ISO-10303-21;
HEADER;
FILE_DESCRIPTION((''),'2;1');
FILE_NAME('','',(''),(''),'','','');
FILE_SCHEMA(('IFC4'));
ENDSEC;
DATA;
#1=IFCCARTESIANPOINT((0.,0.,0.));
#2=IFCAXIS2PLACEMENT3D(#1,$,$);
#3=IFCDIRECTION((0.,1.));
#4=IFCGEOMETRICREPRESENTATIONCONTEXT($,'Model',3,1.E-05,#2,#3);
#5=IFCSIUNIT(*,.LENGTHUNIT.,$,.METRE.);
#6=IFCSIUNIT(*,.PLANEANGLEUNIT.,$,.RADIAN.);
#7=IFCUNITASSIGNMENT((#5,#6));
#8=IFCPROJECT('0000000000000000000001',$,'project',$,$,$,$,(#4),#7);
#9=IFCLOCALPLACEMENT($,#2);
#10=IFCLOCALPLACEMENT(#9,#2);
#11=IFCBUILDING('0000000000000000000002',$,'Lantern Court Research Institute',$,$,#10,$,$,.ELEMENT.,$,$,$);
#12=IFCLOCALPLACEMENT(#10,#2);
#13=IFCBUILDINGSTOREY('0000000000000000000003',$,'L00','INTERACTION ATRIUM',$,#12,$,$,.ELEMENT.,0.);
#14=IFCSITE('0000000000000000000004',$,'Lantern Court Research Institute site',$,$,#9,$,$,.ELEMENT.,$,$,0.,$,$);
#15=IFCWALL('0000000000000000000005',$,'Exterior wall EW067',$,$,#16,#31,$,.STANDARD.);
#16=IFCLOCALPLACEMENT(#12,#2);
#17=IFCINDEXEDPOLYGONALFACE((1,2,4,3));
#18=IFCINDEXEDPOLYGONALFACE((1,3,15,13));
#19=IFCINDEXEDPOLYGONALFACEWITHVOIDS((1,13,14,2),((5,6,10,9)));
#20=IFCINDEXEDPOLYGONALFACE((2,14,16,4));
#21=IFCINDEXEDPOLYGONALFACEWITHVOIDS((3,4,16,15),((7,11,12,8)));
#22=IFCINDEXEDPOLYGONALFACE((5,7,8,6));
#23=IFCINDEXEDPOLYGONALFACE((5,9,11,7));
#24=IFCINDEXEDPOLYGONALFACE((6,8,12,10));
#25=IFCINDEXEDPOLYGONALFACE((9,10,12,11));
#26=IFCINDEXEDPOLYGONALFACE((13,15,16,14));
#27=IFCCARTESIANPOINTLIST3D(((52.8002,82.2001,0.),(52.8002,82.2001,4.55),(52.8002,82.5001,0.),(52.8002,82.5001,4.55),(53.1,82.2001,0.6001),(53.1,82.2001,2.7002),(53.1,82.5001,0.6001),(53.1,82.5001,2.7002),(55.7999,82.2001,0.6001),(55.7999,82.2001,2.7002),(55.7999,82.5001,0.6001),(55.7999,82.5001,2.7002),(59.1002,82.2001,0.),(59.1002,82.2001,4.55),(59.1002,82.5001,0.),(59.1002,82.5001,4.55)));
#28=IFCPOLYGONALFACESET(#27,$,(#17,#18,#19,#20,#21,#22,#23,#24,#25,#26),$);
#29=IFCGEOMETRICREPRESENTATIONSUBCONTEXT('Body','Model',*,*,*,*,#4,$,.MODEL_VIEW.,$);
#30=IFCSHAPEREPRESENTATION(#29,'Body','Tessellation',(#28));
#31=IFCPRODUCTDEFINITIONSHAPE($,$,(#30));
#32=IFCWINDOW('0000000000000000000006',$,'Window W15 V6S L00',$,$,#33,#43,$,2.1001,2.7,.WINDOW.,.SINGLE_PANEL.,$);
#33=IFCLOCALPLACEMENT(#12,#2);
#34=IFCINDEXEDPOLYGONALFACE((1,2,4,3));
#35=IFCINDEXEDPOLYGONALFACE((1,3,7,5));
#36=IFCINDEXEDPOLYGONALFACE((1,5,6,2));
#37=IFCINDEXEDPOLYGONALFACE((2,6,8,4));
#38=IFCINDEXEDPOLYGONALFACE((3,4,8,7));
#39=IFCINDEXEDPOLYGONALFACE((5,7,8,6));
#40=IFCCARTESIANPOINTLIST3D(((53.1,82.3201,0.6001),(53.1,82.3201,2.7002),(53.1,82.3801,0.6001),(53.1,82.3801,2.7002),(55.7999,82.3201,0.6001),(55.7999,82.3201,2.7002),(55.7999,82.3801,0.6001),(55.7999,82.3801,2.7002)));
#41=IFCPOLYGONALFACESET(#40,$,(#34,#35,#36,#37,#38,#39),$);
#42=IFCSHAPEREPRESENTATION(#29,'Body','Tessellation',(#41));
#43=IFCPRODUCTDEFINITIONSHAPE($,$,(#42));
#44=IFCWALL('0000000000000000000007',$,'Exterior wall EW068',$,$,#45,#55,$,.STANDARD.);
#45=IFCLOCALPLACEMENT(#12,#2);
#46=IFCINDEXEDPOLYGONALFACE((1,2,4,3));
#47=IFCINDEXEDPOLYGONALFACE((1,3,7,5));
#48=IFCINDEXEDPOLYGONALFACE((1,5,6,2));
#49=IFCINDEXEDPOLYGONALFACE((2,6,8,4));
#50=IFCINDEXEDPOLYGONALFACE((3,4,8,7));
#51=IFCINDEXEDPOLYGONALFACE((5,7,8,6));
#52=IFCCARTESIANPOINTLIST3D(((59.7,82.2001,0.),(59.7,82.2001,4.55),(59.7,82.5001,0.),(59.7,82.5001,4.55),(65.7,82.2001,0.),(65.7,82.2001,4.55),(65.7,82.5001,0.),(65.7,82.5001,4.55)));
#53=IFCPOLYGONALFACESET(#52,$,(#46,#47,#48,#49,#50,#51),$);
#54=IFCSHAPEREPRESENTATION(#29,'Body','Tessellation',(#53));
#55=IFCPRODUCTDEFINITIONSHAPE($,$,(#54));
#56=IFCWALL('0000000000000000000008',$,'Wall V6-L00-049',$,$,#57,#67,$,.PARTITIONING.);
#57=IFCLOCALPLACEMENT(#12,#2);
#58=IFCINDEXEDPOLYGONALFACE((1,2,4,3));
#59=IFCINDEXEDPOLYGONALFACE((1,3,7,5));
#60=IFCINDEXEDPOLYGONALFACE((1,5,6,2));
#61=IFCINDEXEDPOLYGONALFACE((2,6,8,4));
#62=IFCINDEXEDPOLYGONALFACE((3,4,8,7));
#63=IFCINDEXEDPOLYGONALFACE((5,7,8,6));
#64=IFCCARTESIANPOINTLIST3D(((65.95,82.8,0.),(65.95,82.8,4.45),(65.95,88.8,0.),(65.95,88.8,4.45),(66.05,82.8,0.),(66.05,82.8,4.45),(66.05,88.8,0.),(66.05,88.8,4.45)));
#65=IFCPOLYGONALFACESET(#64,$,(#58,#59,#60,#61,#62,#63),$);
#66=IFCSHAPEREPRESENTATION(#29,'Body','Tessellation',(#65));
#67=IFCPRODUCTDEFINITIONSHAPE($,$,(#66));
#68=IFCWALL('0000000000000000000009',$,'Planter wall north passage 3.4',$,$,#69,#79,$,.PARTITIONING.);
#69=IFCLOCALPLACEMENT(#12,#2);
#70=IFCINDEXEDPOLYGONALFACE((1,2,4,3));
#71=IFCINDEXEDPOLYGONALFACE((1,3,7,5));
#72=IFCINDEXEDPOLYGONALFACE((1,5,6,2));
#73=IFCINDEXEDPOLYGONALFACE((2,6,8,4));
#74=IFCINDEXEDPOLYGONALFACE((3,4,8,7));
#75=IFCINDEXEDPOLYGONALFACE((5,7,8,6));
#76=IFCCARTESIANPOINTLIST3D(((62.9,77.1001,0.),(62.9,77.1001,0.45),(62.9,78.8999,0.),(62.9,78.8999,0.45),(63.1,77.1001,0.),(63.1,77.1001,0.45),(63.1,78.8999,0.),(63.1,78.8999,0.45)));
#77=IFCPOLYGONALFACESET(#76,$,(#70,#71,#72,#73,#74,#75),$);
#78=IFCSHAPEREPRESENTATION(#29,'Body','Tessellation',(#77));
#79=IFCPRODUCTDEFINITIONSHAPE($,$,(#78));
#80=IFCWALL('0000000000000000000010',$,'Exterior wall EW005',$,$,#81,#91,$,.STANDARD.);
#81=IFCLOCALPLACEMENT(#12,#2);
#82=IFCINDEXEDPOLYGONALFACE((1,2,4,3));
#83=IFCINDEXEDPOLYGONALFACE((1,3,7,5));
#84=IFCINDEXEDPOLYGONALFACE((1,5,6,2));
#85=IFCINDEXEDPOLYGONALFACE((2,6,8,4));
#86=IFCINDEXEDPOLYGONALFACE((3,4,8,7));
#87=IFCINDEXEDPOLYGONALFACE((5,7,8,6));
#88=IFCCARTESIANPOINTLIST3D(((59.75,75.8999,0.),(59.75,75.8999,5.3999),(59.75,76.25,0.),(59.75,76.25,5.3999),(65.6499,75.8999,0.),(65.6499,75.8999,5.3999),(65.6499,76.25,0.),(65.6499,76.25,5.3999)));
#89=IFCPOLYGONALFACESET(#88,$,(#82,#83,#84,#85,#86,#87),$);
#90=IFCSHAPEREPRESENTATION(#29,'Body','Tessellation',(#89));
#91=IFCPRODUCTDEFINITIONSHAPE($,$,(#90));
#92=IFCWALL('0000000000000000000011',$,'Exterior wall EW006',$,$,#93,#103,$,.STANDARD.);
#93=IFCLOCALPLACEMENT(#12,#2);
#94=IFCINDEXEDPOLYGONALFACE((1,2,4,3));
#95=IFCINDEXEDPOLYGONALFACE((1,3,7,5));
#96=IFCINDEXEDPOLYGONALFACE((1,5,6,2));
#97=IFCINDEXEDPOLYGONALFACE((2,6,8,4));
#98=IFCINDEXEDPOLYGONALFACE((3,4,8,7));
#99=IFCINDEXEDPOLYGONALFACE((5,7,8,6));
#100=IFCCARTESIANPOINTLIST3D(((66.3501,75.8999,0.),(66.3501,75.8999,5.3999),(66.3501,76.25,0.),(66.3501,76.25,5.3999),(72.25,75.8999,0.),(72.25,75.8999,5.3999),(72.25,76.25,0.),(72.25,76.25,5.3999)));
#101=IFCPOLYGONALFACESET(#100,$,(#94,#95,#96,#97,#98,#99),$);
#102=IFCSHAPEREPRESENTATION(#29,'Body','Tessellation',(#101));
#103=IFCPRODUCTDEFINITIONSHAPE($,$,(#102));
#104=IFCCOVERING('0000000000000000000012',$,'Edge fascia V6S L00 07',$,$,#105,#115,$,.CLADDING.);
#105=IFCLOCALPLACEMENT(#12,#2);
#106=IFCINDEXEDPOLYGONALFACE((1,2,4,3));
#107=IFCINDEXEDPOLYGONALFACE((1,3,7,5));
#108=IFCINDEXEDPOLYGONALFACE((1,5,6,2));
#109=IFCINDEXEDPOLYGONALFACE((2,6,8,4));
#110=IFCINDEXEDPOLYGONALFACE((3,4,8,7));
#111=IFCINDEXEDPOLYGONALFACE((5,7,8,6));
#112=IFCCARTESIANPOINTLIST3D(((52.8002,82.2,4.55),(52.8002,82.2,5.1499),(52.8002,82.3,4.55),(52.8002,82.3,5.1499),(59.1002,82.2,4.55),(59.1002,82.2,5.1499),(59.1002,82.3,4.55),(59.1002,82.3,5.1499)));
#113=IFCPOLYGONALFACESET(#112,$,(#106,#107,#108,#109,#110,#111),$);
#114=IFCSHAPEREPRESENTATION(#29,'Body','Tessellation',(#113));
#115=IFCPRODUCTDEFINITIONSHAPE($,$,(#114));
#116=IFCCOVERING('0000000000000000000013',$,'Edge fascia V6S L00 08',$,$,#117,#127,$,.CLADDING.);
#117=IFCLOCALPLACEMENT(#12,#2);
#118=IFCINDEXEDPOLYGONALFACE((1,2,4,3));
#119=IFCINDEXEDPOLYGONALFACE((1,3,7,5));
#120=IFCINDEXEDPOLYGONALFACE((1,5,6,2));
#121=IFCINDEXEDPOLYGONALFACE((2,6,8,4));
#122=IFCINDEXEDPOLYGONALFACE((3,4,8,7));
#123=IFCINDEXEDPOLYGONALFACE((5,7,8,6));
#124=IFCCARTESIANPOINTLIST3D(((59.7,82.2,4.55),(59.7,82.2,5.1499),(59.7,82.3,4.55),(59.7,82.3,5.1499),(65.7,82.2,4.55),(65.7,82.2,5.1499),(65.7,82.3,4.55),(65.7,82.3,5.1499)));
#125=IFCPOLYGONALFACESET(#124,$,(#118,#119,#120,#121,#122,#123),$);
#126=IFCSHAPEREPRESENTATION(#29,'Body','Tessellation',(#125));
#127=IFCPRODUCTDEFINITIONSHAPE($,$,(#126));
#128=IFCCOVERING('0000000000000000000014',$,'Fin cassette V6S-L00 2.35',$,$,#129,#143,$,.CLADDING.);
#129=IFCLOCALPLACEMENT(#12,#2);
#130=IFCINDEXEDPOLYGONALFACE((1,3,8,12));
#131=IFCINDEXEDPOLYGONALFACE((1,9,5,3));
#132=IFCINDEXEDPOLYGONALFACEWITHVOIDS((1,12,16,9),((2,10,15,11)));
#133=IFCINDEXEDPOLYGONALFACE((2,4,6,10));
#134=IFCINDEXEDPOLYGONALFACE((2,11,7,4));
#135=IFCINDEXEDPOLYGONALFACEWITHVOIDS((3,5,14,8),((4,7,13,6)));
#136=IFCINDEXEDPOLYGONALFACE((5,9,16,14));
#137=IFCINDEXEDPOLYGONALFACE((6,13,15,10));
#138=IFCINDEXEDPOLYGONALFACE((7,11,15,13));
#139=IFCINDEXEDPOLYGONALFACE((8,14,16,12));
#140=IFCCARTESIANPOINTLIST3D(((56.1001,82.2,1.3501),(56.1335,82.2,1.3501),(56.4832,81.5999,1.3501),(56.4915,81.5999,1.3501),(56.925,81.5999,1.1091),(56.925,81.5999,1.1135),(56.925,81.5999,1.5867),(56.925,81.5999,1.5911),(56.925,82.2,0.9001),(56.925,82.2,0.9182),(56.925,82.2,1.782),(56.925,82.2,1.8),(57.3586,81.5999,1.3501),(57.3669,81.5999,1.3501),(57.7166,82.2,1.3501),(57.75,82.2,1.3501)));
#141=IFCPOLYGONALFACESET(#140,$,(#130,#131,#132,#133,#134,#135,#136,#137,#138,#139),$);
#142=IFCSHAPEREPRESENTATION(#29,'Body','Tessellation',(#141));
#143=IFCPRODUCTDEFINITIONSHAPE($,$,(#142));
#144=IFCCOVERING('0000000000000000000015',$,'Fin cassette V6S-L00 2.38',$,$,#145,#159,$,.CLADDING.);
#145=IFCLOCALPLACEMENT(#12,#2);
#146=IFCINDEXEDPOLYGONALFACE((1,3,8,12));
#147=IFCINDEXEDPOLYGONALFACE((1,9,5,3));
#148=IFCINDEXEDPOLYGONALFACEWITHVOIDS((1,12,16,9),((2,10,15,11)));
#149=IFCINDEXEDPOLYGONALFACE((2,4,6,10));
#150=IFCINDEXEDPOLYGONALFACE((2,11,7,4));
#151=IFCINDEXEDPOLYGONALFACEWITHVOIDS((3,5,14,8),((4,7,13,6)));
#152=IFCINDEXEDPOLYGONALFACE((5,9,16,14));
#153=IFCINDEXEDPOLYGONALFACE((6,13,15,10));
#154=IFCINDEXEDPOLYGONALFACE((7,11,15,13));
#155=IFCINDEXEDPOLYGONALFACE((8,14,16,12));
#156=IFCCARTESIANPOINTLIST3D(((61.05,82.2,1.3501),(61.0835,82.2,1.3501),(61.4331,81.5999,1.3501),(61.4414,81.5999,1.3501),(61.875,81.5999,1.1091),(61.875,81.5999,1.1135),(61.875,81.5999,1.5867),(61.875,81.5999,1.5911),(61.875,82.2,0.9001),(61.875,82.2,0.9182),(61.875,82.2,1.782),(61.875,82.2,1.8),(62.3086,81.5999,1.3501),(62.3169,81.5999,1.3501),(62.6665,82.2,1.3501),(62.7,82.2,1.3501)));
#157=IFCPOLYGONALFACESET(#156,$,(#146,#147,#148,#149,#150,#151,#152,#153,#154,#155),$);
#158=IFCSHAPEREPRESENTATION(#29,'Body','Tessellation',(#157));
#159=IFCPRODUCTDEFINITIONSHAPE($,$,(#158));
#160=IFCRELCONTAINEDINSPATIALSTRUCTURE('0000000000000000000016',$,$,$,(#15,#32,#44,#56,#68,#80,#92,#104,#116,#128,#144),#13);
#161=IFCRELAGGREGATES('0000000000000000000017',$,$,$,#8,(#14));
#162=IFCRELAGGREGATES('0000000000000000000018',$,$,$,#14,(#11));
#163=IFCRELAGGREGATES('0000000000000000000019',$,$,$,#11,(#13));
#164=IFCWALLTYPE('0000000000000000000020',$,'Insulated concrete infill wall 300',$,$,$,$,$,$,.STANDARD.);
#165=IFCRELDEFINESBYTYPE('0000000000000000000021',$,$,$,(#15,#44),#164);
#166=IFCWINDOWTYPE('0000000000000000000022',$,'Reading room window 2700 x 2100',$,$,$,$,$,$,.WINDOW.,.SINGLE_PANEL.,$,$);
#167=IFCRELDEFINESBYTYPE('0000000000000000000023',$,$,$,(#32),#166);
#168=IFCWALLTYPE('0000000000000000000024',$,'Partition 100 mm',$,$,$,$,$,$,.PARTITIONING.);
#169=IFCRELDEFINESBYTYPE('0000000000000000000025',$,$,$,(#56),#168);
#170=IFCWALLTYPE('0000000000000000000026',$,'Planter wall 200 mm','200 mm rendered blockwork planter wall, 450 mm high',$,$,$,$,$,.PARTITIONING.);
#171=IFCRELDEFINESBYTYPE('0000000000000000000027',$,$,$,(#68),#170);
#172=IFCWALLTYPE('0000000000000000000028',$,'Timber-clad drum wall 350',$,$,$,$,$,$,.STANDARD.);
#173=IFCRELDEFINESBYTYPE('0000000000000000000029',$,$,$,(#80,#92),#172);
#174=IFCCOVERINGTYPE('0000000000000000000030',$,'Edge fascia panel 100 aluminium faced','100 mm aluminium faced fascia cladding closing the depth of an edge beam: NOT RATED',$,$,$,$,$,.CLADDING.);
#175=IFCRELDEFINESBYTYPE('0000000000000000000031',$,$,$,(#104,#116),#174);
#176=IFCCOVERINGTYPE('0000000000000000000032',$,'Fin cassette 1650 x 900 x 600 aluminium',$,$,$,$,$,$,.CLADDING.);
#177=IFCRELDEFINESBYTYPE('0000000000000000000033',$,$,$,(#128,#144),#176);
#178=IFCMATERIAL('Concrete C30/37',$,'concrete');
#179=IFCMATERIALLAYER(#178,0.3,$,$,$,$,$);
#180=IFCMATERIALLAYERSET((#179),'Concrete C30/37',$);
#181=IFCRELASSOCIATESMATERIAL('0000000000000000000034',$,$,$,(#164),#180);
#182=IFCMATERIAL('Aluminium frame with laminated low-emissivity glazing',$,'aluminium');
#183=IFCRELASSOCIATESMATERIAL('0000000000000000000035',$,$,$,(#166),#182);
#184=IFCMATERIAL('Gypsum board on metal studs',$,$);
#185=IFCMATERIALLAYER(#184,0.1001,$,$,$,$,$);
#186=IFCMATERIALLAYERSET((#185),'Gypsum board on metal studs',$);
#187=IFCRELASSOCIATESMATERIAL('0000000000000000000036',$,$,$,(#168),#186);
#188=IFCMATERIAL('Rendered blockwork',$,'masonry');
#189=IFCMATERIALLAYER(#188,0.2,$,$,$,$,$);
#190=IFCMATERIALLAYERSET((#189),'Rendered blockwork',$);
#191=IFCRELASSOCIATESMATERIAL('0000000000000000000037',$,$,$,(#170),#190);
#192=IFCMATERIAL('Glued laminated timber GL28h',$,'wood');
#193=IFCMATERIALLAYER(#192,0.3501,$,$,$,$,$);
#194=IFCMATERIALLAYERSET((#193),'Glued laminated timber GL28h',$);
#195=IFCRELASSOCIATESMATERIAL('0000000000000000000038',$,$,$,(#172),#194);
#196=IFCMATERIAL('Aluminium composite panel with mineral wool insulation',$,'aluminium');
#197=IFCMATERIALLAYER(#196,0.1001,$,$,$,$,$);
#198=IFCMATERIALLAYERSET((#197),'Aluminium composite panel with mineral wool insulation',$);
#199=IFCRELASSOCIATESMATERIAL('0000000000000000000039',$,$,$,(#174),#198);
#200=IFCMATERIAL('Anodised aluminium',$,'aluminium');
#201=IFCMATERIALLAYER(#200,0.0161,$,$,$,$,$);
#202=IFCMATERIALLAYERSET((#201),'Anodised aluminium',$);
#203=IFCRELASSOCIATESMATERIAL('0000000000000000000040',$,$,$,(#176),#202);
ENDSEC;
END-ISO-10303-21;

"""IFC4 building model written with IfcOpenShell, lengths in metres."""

from ifc_helpers import new_model, entity, si_unit, direction, frame, frame_2d, origin, place, context, subcontext, project, spatial, rectangle, extrude, material, layer, layer_set, type_object, element, fill, save


model = new_model("IFC4")

# Units and contexts
model_context = context("Model", 3, precision=1e-05, world=origin(), true_north=direction((0.0, 1.0)))
body_context = subcontext(model_context, "Body", "Model", "MODEL_VIEW")
ifc_project = project(units=[si_unit("LENGTHUNIT", "METRE"), si_unit("PLANEANGLEUNIT", "RADIAN")], contexts=[model_context])

# Site, building, storey
site_placement = place(None, origin())
site = spatial("IfcSite", under=ifc_project, at=site_placement, Name="Lantern Court Research Institute site", CompositionType="ELEMENT", RefElevation=0.0)
building_placement = place(site_placement, origin())
building = spatial("IfcBuilding", under=site, at=building_placement, Name="Lantern Court Research Institute", CompositionType="ELEMENT")
storey_placement = place(building_placement, origin())
storey = spatial("IfcBuildingStorey", under=building, at=storey_placement, Name="L00", Description="INTERACTION ATRIUM", CompositionType="ELEMENT", Elevation=0.0)

# Wall, opening, window
ifc_material_1 = material(Name="Concrete C30/37", Category="concrete")
ifc_layer_1 = layer(ifc_material_1, 0.3)
ifc_layer_set_1 = layer_set([ifc_layer_1], Name="Concrete C30/37")
wall_type_1 = type_object("IfcWallType", Name="Insulated concrete infill wall 300", PredefinedType="STANDARD", material=ifc_layer_set_1)
wall_1_placement = place(storey_placement, frame((59.1001, 82.3501, 0.0), z_axis=(0.0, 0.0, 1.0), x_axis=(-1.0, 0.0, 0.0)))
wall_1 = element("IfcWall", 1, at=wall_1_placement, inside=storey, type_object=wall_type_1, Name="Exterior wall EW067", PredefinedType="STANDARD", context=body_context, shape_type="SweptSolid", body=[
    extrude(rectangle(XDim=6.3, YDim=0.3, at=frame_2d((3.1499, 0.0))), origin(), (0.0, 0.0, 1.0), 4.55),
])
opening_1_placement = place(wall_1_placement, frame((3.3, 0.0, 0.6001)))
opening_1 = element("IfcOpeningElement", 2, at=opening_1_placement, cuts=wall_1, PredefinedType="OPENING", context=body_context, shape_type="SweptSolid", body=[
    extrude(rectangle(XDim=2.7, YDim=2.1001, at=frame_2d((1.3501, 1.05))), frame((0.0, 0.1599, 0.0), z_axis=(0.0, -1.0, 0.0), x_axis=(1.0, 0.0, 0.0)), (0.0, 0.0, 1.0), 0.3201),
])
ifc_material_2 = material(Name="Aluminium frame with laminated low-emissivity glazing", Category="aluminium")
window_type = type_object("IfcWindowType", Name="Reading room window 2700 x 2100", PartitioningType="SINGLE_PANEL", PredefinedType="WINDOW", material=ifc_material_2)
window_placement = place(opening_1_placement, origin())
window = element("IfcWindow", 3, at=window_placement, inside=storey, type_object=window_type, Name="Window W15 V6S L00", OverallHeight=2.1001, OverallWidth=2.7, PartitioningType="SINGLE_PANEL", PredefinedType="WINDOW", context=body_context, shape_type="SweptSolid", body=[
    extrude(rectangle(XDim=2.7, YDim=2.1001, at=frame_2d((1.3501, 1.05))), frame((0.0, 0.03, 0.0), z_axis=(0.0, -1.0, 0.0), x_axis=(1.0, 0.0, 0.0)), (0.0, 0.0, 1.0), 0.0601),
])
fill(opening_1, window)

# Walls
wall_2_placement = place(storey_placement, frame((65.7, 82.3501, 0.0), z_axis=(0.0, 0.0, 1.0), x_axis=(-1.0, 0.0, 0.0)))
element("IfcWall", 4, at=wall_2_placement, inside=storey, type_object=wall_type_1, Name="Exterior wall EW068", PredefinedType="STANDARD", context=body_context, shape_type="SweptSolid", body=[
    extrude(rectangle(XDim=6.0, YDim=0.3, at=frame_2d((3.0, 0.0))), origin(), (0.0, 0.0, 1.0), 4.55),
])
ifc_material_3 = material(Name="Gypsum board on metal studs")
ifc_layer_2 = layer(ifc_material_3, 0.1001)
ifc_layer_set_2 = layer_set([ifc_layer_2], Name="Gypsum board on metal studs")
wall_type_2 = type_object("IfcWallType", Name="Partition 100 mm", PredefinedType="PARTITIONING", material=ifc_layer_set_2)
wall_3_placement = place(storey_placement, frame((66.0, 82.8, 0.0), z_axis=(0.0, 0.0, 1.0), x_axis=(0.0, 1.0, 0.0)))
element("IfcWall", 5, at=wall_3_placement, inside=storey, type_object=wall_type_2, Name="Wall V6-L00-049", PredefinedType="PARTITIONING", context=body_context, shape_type="SweptSolid", body=[
    extrude(rectangle(XDim=6.0, YDim=0.1001, at=frame_2d((3.0, 0.0))), origin(), (0.0, 0.0, 1.0), 4.45),
])
ifc_material_4 = material(Name="Rendered blockwork", Category="masonry")
ifc_layer_3 = layer(ifc_material_4, 0.2)
ifc_layer_set_3 = layer_set([ifc_layer_3], Name="Rendered blockwork")
wall_type_3 = type_object("IfcWallType", Name="Planter wall 200 mm", Description="200 mm rendered blockwork planter wall, 450 mm high", PredefinedType="PARTITIONING", material=ifc_layer_set_3)
wall_4_placement = place(storey_placement, frame((63.0, 77.1001, 0.0), z_axis=(0.0, 0.0, 1.0), x_axis=(0.0, 1.0, 0.0)))
element("IfcWall", 6, at=wall_4_placement, inside=storey, type_object=wall_type_3, Name="Planter wall north passage 3.4", PredefinedType="PARTITIONING", context=body_context, shape_type="SweptSolid", body=[
    extrude(rectangle(XDim=1.7998, YDim=0.2, at=frame_2d((0.8999, 0.0))), origin(), (0.0, 0.0, 1.0), 0.45),
])
ifc_material_5 = material(Name="Glued laminated timber GL28h", Category="wood")
ifc_layer_4 = layer(ifc_material_5, 0.3501)
ifc_layer_set_4 = layer_set([ifc_layer_4], Name="Glued laminated timber GL28h")
wall_type_4 = type_object("IfcWallType", Name="Timber-clad drum wall 350", PredefinedType="STANDARD", material=ifc_layer_set_4)
for number, where, z_axis, x_axis, name in (
    (7, (59.75, 76.075, 0.0), (0.0, 0.0, 1.0), (1.0, 0.0, 0.0), "Exterior wall EW005"),
    (8, (66.3501, 76.075, 0.0), (0.0, 0.0, 1.0), (1.0, 0.0, 0.0), "Exterior wall EW006"),
):
    element("IfcWall", number, at=place(storey_placement, frame(where, z_axis=z_axis, x_axis=x_axis)), inside=storey, type_object=wall_type_4, Name=name, PredefinedType="STANDARD", context=body_context, shape_type="SweptSolid", body=[
        extrude(rectangle(XDim=5.8999, YDim=0.3501, at=frame_2d((2.95, 0.0))), origin(), (0.0, 0.0, 1.0), 5.3999),
    ])

# Coverings
ifc_material_6 = material(Name="Aluminium composite panel with mineral wool insulation", Category="aluminium")
ifc_layer_5 = layer(ifc_material_6, 0.1001)
ifc_layer_set_5 = layer_set([ifc_layer_5], Name="Aluminium composite panel with mineral wool insulation")
covering_type_1 = type_object("IfcCoveringType", Name="Edge fascia panel 100 aluminium faced", Description="100 mm aluminium faced fascia cladding closing the depth of an edge beam: NOT RATED", PredefinedType="CLADDING", material=ifc_layer_set_5)
covering_1_placement = place(storey_placement, frame((59.1001, 82.25, 4.55), z_axis=(0.0, 0.0, 1.0), x_axis=(-1.0, 0.0, 0.0)))
element("IfcCovering", 9, at=covering_1_placement, inside=storey, type_object=covering_type_1, Name="Edge fascia V6S L00 07", PredefinedType="CLADDING", context=body_context, shape_type="SweptSolid", body=[
    extrude(rectangle(XDim=6.3, YDim=0.1001, at=frame_2d((3.1499, 0.0))), origin(), (0.0, 0.0, 1.0), 0.5999),
])
covering_2_placement = place(storey_placement, frame((65.7, 82.25, 4.55), z_axis=(0.0, 0.0, 1.0), x_axis=(-1.0, 0.0, 0.0)))
element("IfcCovering", 10, at=covering_2_placement, inside=storey, type_object=covering_type_1, Name="Edge fascia V6S L00 08", PredefinedType="CLADDING", context=body_context, shape_type="SweptSolid", body=[
    extrude(rectangle(XDim=6.0, YDim=0.1001, at=frame_2d((3.0, 0.0))), origin(), (0.0, 0.0, 1.0), 0.5999),
])
ifc_material_7 = material(Name="Anodised aluminium", Category="aluminium")
ifc_layer_6 = layer(ifc_material_7, 0.0161)
ifc_layer_set_6 = layer_set([ifc_layer_6], Name="Anodised aluminium")
covering_type_2 = type_object("IfcCoveringType", Name="Fin cassette 1650 x 900 x 600 aluminium", PredefinedType="CLADDING", material=ifc_layer_set_6)
covering_3_placement = place(storey_placement, frame((56.925, 82.2, 1.3501), z_axis=(0.0, -1.0, 0.0), x_axis=(1.0, 0.0, 0.0)))
cartesian_point_1 = entity("IfcCartesianPoint", [0.825, 0.0])
cartesian_point_2 = entity("IfcCartesianPoint", [0.7915, 0.0])
cartesian_point_3 = entity("IfcCartesianPoint", [0.4419, 0.0])
cartesian_point_4 = entity("IfcCartesianPoint", [0.4336, 0.0])
element("IfcCovering", 11, at=covering_3_placement, inside=storey, type_object=covering_type_2, Name="Fin cassette V6S-L00 2.35", PredefinedType="CLADDING", context=body_context, shape_type="SweptSolid", body=[
    entity("IfcExtrudedAreaSolidTapered", entity("IfcArbitraryProfileDefWithVoids", "AREA", None, entity("IfcPolyline", [cartesian_point_1, entity("IfcCartesianPoint", [0.0, 0.45]), entity("IfcCartesianPoint", [-0.825, 0.0]), entity("IfcCartesianPoint", [0.0, -0.45]), cartesian_point_1]), [entity("IfcPolyline", [cartesian_point_2, entity("IfcCartesianPoint", [0.0, 0.4319]), entity("IfcCartesianPoint", [-0.7915, 0.0]), entity("IfcCartesianPoint", [0.0, -0.4319]), cartesian_point_2])]), entity("IfcAxis2Placement3D", entity("IfcCartesianPoint", [0.0, 0.0, 0.0])), entity("IfcDirection", [0.0, 0.0, 1.0]), 0.6001, entity("IfcArbitraryProfileDefWithVoids", "AREA", None, entity("IfcPolyline", [cartesian_point_3, entity("IfcCartesianPoint", [0.0, 0.241]), entity("IfcCartesianPoint", [-0.4419, 0.0]), entity("IfcCartesianPoint", [0.0, -0.241]), cartesian_point_3]), [entity("IfcPolyline", [cartesian_point_4, entity("IfcCartesianPoint", [0.0, 0.2366]), entity("IfcCartesianPoint", [-0.4336, 0.0]), entity("IfcCartesianPoint", [0.0, -0.2366]), cartesian_point_4])])),
])
covering_4_placement = place(storey_placement, frame((61.875, 82.2, 1.3501), z_axis=(0.0, -1.0, 0.0), x_axis=(1.0, 0.0, 0.0)))
cartesian_point_5 = entity("IfcCartesianPoint", [0.825, 0.0])
cartesian_point_6 = entity("IfcCartesianPoint", [0.7915, 0.0])
cartesian_point_7 = entity("IfcCartesianPoint", [0.4419, 0.0])
cartesian_point_8 = entity("IfcCartesianPoint", [0.4336, 0.0])
element("IfcCovering", 12, at=covering_4_placement, inside=storey, type_object=covering_type_2, Name="Fin cassette V6S-L00 2.38", PredefinedType="CLADDING", context=body_context, shape_type="SweptSolid", body=[
    entity("IfcExtrudedAreaSolidTapered", entity("IfcArbitraryProfileDefWithVoids", "AREA", None, entity("IfcPolyline", [cartesian_point_5, entity("IfcCartesianPoint", [0.0, 0.45]), entity("IfcCartesianPoint", [-0.825, 0.0]), entity("IfcCartesianPoint", [0.0, -0.45]), cartesian_point_5]), [entity("IfcPolyline", [cartesian_point_6, entity("IfcCartesianPoint", [0.0, 0.4319]), entity("IfcCartesianPoint", [-0.7915, 0.0]), entity("IfcCartesianPoint", [0.0, -0.4319]), cartesian_point_6])]), entity("IfcAxis2Placement3D", entity("IfcCartesianPoint", [0.0, 0.0, 0.0])), entity("IfcDirection", [0.0, 0.0, 1.0]), 0.6001, entity("IfcArbitraryProfileDefWithVoids", "AREA", None, entity("IfcPolyline", [cartesian_point_7, entity("IfcCartesianPoint", [0.0, 0.241]), entity("IfcCartesianPoint", [-0.4419, 0.0]), entity("IfcCartesianPoint", [0.0, -0.241]), cartesian_point_7]), [entity("IfcPolyline", [cartesian_point_8, entity("IfcCartesianPoint", [0.0, 0.2366]), entity("IfcCartesianPoint", [-0.4336, 0.0]), entity("IfcCartesianPoint", [0.0, -0.2366]), cartesian_point_8])])),
])

save(model, "model.ifc")
